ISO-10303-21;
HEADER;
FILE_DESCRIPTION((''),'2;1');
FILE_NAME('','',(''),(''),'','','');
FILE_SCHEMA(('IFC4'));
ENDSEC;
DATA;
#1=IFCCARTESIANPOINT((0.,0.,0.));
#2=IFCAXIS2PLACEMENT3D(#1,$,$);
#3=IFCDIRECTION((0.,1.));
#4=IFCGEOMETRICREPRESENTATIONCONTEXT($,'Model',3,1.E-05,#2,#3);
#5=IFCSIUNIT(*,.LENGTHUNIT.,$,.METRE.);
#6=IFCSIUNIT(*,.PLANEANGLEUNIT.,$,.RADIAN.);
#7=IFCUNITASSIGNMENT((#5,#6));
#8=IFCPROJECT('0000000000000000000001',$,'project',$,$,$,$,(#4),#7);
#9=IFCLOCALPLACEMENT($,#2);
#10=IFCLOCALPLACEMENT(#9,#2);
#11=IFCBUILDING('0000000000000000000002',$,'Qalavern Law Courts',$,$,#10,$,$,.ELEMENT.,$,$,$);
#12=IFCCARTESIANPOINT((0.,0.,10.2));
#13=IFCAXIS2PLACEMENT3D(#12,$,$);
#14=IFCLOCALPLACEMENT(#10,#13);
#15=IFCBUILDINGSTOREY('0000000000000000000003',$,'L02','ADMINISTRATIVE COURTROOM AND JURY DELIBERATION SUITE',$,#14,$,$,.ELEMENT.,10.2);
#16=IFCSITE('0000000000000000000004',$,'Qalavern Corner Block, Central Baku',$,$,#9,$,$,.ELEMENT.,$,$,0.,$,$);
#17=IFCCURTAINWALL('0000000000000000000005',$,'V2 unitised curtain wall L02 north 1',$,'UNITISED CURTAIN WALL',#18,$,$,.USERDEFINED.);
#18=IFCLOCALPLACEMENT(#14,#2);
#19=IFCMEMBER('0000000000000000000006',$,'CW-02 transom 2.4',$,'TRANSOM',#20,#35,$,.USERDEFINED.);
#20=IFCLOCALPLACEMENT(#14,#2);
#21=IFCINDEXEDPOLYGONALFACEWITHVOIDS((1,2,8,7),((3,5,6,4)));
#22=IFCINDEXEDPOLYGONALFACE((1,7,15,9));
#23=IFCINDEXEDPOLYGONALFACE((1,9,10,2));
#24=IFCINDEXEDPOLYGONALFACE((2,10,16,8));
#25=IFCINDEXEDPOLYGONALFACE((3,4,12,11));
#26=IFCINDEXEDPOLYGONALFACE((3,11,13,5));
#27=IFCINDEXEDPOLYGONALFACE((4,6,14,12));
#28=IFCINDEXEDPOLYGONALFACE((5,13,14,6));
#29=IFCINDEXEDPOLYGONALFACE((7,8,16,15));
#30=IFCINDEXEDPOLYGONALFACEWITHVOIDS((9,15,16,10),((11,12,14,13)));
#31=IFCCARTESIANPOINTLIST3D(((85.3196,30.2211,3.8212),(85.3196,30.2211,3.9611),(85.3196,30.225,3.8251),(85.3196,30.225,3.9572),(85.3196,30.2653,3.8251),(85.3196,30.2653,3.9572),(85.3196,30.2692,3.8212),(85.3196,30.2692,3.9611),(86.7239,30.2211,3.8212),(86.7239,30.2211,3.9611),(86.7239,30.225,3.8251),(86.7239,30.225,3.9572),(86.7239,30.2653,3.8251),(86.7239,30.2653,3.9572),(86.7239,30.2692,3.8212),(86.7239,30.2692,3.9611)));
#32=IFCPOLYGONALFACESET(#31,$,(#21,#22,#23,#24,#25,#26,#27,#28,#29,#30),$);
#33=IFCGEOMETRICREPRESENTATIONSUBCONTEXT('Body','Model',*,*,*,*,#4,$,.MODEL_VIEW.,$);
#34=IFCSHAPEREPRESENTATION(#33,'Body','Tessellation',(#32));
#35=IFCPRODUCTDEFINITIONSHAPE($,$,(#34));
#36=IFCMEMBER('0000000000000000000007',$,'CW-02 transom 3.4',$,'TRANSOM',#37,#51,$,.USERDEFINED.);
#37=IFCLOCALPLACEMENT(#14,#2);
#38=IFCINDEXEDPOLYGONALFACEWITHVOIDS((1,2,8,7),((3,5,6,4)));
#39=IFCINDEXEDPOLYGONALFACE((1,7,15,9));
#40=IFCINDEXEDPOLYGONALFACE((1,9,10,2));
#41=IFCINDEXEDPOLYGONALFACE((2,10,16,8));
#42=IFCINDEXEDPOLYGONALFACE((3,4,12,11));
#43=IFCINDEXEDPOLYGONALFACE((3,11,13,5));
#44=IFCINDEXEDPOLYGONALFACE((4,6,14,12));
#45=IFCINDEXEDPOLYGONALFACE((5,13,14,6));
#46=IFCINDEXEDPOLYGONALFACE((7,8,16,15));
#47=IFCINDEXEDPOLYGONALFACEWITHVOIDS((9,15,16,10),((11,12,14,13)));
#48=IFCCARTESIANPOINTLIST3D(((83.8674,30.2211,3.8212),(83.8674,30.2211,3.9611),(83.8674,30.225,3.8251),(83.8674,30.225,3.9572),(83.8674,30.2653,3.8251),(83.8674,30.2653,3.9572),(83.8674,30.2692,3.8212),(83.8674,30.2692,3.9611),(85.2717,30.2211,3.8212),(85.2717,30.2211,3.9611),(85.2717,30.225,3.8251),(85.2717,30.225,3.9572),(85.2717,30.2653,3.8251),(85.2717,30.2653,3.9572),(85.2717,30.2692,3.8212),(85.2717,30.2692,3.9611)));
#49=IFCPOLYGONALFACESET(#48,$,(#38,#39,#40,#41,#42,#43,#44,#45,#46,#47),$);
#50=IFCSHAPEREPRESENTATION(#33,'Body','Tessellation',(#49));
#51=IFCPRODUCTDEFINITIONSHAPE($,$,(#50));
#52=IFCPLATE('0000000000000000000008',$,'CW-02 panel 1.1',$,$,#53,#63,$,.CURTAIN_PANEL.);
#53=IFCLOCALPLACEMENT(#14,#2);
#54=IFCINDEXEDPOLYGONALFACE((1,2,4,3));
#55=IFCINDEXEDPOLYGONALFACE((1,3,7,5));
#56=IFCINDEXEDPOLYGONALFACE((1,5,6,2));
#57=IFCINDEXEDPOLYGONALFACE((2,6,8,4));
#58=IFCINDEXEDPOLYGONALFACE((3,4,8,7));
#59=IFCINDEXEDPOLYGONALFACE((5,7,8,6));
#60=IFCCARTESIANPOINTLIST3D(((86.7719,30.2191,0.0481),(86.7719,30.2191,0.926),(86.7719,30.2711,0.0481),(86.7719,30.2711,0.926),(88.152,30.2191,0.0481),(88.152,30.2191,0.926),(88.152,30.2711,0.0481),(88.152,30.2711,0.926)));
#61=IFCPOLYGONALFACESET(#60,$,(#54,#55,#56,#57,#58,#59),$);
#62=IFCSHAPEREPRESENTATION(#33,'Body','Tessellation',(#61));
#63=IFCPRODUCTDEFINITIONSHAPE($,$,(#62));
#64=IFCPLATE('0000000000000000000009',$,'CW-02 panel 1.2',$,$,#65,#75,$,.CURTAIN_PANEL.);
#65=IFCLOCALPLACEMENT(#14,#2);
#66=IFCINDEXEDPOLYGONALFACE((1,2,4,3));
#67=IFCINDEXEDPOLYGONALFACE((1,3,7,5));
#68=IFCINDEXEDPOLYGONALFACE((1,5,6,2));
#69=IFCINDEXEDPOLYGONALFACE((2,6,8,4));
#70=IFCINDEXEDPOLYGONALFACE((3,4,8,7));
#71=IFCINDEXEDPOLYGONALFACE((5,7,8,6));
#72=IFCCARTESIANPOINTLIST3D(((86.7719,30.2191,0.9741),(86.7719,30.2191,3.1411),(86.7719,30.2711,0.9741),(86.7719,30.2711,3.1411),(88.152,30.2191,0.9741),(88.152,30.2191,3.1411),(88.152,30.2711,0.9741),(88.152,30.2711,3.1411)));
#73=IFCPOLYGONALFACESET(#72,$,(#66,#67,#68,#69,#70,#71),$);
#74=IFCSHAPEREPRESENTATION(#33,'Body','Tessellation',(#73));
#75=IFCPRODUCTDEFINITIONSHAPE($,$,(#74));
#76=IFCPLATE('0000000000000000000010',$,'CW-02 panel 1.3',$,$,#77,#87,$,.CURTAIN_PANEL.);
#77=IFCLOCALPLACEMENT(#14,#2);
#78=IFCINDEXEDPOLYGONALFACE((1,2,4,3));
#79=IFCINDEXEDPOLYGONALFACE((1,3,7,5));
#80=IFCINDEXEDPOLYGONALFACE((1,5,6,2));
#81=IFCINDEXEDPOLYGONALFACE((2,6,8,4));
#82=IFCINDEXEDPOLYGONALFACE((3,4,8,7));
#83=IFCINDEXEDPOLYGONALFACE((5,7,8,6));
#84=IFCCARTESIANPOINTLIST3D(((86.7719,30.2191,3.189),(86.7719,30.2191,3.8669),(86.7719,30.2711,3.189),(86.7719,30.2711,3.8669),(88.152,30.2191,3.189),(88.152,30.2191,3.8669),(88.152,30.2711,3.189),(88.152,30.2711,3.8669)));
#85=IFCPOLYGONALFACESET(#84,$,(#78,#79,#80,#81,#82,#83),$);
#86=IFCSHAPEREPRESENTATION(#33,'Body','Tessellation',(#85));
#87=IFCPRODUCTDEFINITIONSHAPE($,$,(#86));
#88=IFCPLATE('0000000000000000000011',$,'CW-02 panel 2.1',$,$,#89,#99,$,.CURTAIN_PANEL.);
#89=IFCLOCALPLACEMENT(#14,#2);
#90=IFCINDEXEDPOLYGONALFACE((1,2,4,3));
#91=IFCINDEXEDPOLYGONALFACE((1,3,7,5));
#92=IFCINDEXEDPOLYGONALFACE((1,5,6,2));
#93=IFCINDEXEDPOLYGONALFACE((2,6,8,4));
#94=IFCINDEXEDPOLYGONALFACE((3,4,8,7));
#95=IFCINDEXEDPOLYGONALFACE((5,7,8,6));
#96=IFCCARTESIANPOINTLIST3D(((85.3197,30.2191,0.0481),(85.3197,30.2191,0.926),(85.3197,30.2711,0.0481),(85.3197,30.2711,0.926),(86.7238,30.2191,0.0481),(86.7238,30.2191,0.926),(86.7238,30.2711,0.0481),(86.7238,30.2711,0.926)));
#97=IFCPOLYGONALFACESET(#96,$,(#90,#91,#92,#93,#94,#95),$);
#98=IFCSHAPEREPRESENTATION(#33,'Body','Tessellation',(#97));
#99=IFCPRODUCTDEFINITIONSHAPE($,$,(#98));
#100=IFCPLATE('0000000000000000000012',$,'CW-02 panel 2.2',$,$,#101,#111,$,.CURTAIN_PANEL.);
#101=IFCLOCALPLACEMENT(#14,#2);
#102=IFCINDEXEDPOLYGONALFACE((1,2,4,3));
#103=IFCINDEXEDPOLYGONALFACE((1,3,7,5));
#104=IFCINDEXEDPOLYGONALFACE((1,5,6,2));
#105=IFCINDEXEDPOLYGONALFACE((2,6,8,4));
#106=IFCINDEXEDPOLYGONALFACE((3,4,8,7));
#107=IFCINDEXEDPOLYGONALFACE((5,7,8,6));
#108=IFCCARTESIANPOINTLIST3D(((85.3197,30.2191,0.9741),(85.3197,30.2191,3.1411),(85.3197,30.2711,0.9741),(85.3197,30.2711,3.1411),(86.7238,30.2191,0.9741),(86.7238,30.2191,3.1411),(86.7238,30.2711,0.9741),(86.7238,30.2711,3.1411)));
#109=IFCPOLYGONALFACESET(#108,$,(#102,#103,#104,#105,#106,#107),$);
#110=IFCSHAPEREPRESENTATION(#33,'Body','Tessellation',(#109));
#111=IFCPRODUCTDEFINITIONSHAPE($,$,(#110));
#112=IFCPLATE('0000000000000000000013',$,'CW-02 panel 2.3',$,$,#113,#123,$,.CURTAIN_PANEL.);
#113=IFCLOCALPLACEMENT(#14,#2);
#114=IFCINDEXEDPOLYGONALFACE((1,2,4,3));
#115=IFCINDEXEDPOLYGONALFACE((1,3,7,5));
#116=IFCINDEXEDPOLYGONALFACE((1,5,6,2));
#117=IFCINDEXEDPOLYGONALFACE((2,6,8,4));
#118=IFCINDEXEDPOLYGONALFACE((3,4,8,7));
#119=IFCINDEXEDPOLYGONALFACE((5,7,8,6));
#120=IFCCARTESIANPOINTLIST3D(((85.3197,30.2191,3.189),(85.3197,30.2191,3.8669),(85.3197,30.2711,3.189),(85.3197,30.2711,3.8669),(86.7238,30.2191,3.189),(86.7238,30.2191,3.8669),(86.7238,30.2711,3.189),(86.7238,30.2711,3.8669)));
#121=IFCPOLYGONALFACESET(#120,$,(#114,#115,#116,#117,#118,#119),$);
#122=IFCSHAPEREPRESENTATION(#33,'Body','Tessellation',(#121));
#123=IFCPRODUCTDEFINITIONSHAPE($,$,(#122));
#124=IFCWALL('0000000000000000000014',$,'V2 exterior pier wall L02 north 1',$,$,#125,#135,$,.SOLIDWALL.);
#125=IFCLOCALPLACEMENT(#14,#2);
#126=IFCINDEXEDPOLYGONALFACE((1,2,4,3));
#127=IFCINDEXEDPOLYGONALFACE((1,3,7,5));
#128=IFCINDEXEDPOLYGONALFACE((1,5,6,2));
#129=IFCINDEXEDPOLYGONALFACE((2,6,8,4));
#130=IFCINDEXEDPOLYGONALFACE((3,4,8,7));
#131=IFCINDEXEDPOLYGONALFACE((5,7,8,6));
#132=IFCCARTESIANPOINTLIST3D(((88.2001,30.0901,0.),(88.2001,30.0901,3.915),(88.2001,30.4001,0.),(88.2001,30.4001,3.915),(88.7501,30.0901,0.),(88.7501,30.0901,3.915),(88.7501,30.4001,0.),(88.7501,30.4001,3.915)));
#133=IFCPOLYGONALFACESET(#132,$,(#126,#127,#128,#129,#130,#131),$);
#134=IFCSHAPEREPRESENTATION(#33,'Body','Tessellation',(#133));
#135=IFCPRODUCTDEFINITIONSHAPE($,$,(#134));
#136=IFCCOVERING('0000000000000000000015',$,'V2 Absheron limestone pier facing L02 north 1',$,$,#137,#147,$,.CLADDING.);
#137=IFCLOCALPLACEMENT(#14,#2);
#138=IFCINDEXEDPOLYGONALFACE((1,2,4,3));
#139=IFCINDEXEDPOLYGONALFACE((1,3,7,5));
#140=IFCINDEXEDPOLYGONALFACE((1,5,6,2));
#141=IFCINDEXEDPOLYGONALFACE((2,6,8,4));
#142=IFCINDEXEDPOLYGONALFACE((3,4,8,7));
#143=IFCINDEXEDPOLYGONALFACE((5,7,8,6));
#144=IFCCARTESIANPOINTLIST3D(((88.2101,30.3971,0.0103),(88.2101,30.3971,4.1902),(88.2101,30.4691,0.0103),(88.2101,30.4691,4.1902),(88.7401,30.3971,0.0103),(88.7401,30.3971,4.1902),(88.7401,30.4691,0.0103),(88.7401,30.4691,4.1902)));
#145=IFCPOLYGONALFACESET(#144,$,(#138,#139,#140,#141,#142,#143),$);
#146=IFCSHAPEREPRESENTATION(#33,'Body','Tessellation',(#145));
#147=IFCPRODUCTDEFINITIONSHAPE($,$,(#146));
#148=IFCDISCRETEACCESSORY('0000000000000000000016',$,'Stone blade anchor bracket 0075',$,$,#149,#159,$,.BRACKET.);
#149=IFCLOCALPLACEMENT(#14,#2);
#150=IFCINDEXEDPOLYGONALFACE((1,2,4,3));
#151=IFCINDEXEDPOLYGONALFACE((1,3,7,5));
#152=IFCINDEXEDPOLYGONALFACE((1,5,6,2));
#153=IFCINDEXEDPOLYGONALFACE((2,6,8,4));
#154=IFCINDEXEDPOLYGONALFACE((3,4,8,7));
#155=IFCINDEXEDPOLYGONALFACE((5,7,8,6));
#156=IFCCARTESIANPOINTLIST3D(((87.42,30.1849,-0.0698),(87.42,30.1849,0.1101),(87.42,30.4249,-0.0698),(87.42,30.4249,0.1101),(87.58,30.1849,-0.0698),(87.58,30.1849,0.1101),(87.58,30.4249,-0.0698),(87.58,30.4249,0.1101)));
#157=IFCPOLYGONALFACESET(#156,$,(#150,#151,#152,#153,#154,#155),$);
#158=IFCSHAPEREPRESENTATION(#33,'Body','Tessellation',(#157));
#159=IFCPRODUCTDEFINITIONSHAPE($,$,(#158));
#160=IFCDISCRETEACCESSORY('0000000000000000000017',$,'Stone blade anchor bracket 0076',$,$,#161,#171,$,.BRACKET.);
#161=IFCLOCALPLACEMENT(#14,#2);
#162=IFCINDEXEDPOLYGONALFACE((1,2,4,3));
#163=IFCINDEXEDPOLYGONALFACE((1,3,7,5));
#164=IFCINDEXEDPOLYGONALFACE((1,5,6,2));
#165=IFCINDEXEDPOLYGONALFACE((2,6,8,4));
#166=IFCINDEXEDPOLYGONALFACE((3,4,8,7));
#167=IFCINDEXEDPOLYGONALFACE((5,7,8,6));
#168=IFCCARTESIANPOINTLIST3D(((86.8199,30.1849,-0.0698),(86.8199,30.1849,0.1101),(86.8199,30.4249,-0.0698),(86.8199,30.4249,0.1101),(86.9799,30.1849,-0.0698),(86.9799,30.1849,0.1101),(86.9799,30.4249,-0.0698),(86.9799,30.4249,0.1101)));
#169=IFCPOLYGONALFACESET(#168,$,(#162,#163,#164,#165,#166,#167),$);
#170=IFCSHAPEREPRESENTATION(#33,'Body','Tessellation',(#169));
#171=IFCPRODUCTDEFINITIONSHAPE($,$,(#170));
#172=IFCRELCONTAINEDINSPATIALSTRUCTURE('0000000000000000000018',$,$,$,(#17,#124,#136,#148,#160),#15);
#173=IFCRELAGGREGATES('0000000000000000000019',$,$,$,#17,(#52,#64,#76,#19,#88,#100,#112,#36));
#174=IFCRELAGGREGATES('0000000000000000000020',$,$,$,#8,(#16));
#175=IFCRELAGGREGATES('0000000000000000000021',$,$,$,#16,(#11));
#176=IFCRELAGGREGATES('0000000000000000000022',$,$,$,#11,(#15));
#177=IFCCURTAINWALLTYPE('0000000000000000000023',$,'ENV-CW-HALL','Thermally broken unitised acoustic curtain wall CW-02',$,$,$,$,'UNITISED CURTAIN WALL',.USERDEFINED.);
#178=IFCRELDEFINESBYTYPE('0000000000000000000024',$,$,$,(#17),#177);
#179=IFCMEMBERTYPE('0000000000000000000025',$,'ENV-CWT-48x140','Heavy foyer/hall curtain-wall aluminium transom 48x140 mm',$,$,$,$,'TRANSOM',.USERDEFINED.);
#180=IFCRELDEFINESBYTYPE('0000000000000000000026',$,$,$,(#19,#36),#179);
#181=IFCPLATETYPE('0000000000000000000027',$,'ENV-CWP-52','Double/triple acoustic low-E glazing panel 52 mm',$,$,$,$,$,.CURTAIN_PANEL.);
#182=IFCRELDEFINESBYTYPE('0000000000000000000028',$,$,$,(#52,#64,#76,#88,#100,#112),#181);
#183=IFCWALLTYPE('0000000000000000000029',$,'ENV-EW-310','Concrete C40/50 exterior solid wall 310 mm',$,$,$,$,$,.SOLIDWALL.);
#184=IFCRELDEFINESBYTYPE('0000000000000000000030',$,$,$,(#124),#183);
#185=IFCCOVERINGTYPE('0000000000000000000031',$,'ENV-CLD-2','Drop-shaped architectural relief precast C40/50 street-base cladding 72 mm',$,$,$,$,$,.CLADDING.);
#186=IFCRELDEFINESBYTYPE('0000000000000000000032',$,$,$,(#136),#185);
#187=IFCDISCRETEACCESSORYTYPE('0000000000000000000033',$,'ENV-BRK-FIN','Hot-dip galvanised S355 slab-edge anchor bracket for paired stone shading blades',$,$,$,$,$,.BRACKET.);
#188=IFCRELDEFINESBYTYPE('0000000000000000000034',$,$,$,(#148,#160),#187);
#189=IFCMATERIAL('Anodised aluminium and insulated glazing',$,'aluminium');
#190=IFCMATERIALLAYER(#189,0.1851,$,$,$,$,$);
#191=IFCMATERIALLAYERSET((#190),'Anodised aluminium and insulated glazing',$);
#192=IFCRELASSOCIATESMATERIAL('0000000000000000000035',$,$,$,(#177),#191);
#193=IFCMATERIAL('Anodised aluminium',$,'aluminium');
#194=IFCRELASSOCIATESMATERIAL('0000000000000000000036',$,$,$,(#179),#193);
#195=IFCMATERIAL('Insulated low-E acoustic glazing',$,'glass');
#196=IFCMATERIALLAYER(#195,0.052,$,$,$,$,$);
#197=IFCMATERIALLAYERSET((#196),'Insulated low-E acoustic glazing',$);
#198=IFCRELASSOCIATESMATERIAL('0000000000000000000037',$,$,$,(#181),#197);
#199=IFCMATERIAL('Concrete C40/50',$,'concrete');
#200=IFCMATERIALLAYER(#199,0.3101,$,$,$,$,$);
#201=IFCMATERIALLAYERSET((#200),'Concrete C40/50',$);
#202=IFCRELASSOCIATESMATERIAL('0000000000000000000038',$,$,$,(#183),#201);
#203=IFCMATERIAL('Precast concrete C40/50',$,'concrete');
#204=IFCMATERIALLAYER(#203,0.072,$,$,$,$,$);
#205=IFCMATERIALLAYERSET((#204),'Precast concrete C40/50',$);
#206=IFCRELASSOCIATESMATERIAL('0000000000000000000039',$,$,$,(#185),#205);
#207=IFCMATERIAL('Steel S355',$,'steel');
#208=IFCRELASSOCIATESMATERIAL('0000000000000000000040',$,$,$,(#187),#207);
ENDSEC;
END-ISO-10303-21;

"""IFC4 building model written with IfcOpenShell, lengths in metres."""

from ifc_helpers import new_model, si_unit, direction, frame, frame_2d, origin, origin_2d, place, context, subcontext, project, spatial, rectangle, hollow_rectangle, extrude, material, layer, layer_set, material_profile, profile_set, type_object, element, aggregate, save


model = new_model("IFC4")

# Units and contexts
model_context = context("Model", 3, precision=1e-05, world=origin(), true_north=direction((0.0, 1.0)))
body_context = subcontext(model_context, "Body", "Model", "MODEL_VIEW")
ifc_project = project(units=[si_unit("LENGTHUNIT", "METRE"), si_unit("PLANEANGLEUNIT", "RADIAN")], contexts=[model_context])

# Site, building, storey
site_placement = place(None, origin())
site = spatial("IfcSite", under=ifc_project, at=site_placement, Name="Qalavern Corner Block, Central Baku", CompositionType="ELEMENT", RefElevation=0.0)
building_placement = place(site_placement, origin())
building = spatial("IfcBuilding", under=site, at=building_placement, Name="Qalavern Law Courts", CompositionType="ELEMENT")
storey_placement = place(building_placement, frame((0.0, 0.0, 10.2)))
storey = spatial("IfcBuildingStorey", under=building, at=storey_placement, Name="L02", Description="ADMINISTRATIVE COURTROOM AND JURY DELIBERATION SUITE", CompositionType="ELEMENT", Elevation=10.2)

# Shared definitions
ifc_material_1 = material(Name="Anodised aluminium and insulated glazing", Category="aluminium")
ifc_material_2 = material(Name="Anodised aluminium", Category="aluminium")

# Curtain wall, members, plates
ifc_layer_1 = layer(ifc_material_1, 0.1851)
ifc_layer_set_1 = layer_set([ifc_layer_1], Name="Anodised aluminium and insulated glazing")
curtain_wall_type_1 = type_object("IfcCurtainWallType", Name="ENV-CW-HALL", Description="Thermally broken unitised acoustic curtain wall CW-02", ElementType="UNITISED CURTAIN WALL", PredefinedType="USERDEFINED", material=ifc_layer_set_1)
curtain_wall_1_placement = place(storey_placement, origin())
curtain_wall_1 = element("IfcCurtainWall", 1, at=curtain_wall_1_placement, inside=storey, type_object=curtain_wall_type_1, Name="V2 unitised curtain wall L02 north 1", ObjectType="UNITISED CURTAIN WALL", PredefinedType="USERDEFINED")
ifc_material_profile_1 = material_profile(ifc_material_2, hollow_rectangle(XDim=0.0481, YDim=0.1399, WallThickness=0.0039, at=origin_2d()), Name="ALU TRANSOM 48x140")
ifc_profile_set_1 = profile_set([ifc_material_profile_1], Name="Anodised aluminium")
member_type_1 = type_object("IfcMemberType", Name="ENV-CWT-48x140", Description="Heavy foyer/hall curtain-wall aluminium transom 48x140 mm", ElementType="TRANSOM", PredefinedType="USERDEFINED", material=ifc_profile_set_1)
member_1_placement = place(storey_placement, frame((86.7239, 30.2451, 3.8911), z_axis=(-1.0, 0.0, 0.0), x_axis=(0.0, -1.0, 0.0)))
member_1 = element("IfcMember", 2, at=member_1_placement, type_object=member_type_1, Name="CW-02 transom 2.4", ObjectType="TRANSOM", PredefinedType="USERDEFINED", context=body_context, shape_type="SweptSolid", body=[
    extrude(hollow_rectangle(XDim=0.0481, YDim=0.1399, WallThickness=0.0039, at=origin_2d()), origin(), (0.0, 0.0, 1.0), 1.4043),
])
member_2_placement = place(storey_placement, frame((85.2717, 30.2451, 3.8911), z_axis=(-1.0, 0.0, 0.0), x_axis=(0.0, -1.0, 0.0)))
member_2 = element("IfcMember", 3, at=member_2_placement, type_object=member_type_1, Name="CW-02 transom 3.4", ObjectType="TRANSOM", PredefinedType="USERDEFINED", context=body_context, shape_type="SweptSolid", body=[
    extrude(hollow_rectangle(XDim=0.0481, YDim=0.1399, WallThickness=0.0039, at=origin_2d()), origin(), (0.0, 0.0, 1.0), 1.4043),
])
ifc_material_3 = material(Name="Insulated low-E acoustic glazing", Category="glass")
ifc_layer_2 = layer(ifc_material_3, 0.052)
ifc_layer_set_2 = layer_set([ifc_layer_2], Name="Insulated low-E acoustic glazing")
plate_type = type_object("IfcPlateType", Name="ENV-CWP-52", Description="Double/triple acoustic low-E glazing panel 52 mm", PredefinedType="CURTAIN_PANEL", material=ifc_layer_set_2)
plate_1_placement = place(storey_placement, frame((87.4619, 30.2451, 0.0481), z_axis=(0.0, 0.0, 1.0), x_axis=(-1.0, 0.0, 0.0)))
plate_1 = element("IfcPlate", 4, at=plate_1_placement, type_object=plate_type, Name="CW-02 panel 1.1", PredefinedType="CURTAIN_PANEL", context=body_context, shape_type="SweptSolid", body=[
    extrude(rectangle(XDim=1.3801, YDim=0.052, at=origin_2d()), origin(), (0.0, 0.0, 1.0), 0.8779),
])
plate_2_placement = place(storey_placement, frame((87.4619, 30.2451, 0.9741), z_axis=(0.0, 0.0, 1.0), x_axis=(-1.0, 0.0, 0.0)))
plate_2 = element("IfcPlate", 5, at=plate_2_placement, type_object=plate_type, Name="CW-02 panel 1.2", PredefinedType="CURTAIN_PANEL", context=body_context, shape_type="SweptSolid", body=[
    extrude(rectangle(XDim=1.3801, YDim=0.052, at=origin_2d()), origin(), (0.0, 0.0, 1.0), 2.167),
])
plate_3_placement = place(storey_placement, frame((87.4619, 30.2451, 3.189), z_axis=(0.0, 0.0, 1.0), x_axis=(-1.0, 0.0, 0.0)))
plate_3 = element("IfcPlate", 6, at=plate_3_placement, type_object=plate_type, Name="CW-02 panel 1.3", PredefinedType="CURTAIN_PANEL", context=body_context, shape_type="SweptSolid", body=[
    extrude(rectangle(XDim=1.3801, YDim=0.052, at=origin_2d()), origin(), (0.0, 0.0, 1.0), 0.678),
])
plate_4_placement = place(storey_placement, frame((86.0217, 30.2451, 0.0481), z_axis=(0.0, 0.0, 1.0), x_axis=(-1.0, 0.0, 0.0)))
plate_4 = element("IfcPlate", 7, at=plate_4_placement, type_object=plate_type, Name="CW-02 panel 2.1", PredefinedType="CURTAIN_PANEL", context=body_context, shape_type="SweptSolid", body=[
    extrude(rectangle(XDim=1.4041, YDim=0.052, at=origin_2d()), origin(), (0.0, 0.0, 1.0), 0.8779),
])
plate_5_placement = place(storey_placement, frame((86.0217, 30.2451, 0.9741), z_axis=(0.0, 0.0, 1.0), x_axis=(-1.0, 0.0, 0.0)))
plate_5 = element("IfcPlate", 8, at=plate_5_placement, type_object=plate_type, Name="CW-02 panel 2.2", PredefinedType="CURTAIN_PANEL", context=body_context, shape_type="SweptSolid", body=[
    extrude(rectangle(XDim=1.4041, YDim=0.052, at=origin_2d()), origin(), (0.0, 0.0, 1.0), 2.167),
])
plate_6_placement = place(storey_placement, frame((86.0217, 30.2451, 3.189), z_axis=(0.0, 0.0, 1.0), x_axis=(-1.0, 0.0, 0.0)))
plate_6 = element("IfcPlate", 9, at=plate_6_placement, type_object=plate_type, Name="CW-02 panel 2.3", PredefinedType="CURTAIN_PANEL", context=body_context, shape_type="SweptSolid", body=[
    extrude(rectangle(XDim=1.4041, YDim=0.052, at=origin_2d()), origin(), (0.0, 0.0, 1.0), 0.678),
])
aggregate(curtain_wall_1, [plate_1, plate_2, plate_3, member_1, plate_4, plate_5, plate_6, member_2])

# Wall
ifc_material_4 = material(Name="Concrete C40/50", Category="concrete")
ifc_layer_3 = layer(ifc_material_4, 0.3101)
ifc_layer_set_3 = layer_set([ifc_layer_3], Name="Concrete C40/50")
wall_type = type_object("IfcWallType", Name="ENV-EW-310", Description="Concrete C40/50 exterior solid wall 310 mm", PredefinedType="SOLIDWALL", material=ifc_layer_set_3)
wall_placement = place(storey_placement, frame((88.75, 30.2451, 0.0), z_axis=(0.0, 0.0, 1.0), x_axis=(-1.0, 0.0, 0.0)))
element("IfcWall", 10, at=wall_placement, inside=storey, type_object=wall_type, Name="V2 exterior pier wall L02 north 1", PredefinedType="SOLIDWALL", context=body_context, shape_type="SweptSolid", body=[
    extrude(rectangle(XDim=0.55, YDim=0.3101, at=frame_2d((0.2749, 0.0))), origin(), (0.0, 0.0, 1.0), 3.915),
])

# Covering
ifc_material_5 = material(Name="Precast concrete C40/50", Category="concrete")
ifc_layer_4 = layer(ifc_material_5, 0.072)
ifc_layer_set_4 = layer_set([ifc_layer_4], Name="Precast concrete C40/50")
covering_type = type_object("IfcCoveringType", Name="ENV-CLD-2", Description="Drop-shaped architectural relief precast C40/50 street-base cladding 72 mm", PredefinedType="CLADDING", material=ifc_layer_set_4)
covering_placement = place(storey_placement, frame((88.4751, 30.4331, 0.0103), z_axis=(0.0, 0.0, 1.0), x_axis=(-1.0, 0.0, 0.0)))
element("IfcCovering", 11, at=covering_placement, inside=storey, type_object=covering_type, Name="V2 Absheron limestone pier facing L02 north 1", PredefinedType="CLADDING", context=body_context, shape_type="SweptSolid", body=[
    extrude(rectangle(XDim=0.53, YDim=0.072, at=origin_2d()), origin(), (0.0, 0.0, 1.0), 4.1799),
])

# Discrete accessories
ifc_material_6 = material(Name="Steel S355", Category="steel")
discrete_accessory_type = type_object("IfcDiscreteAccessoryType", Name="ENV-BRK-FIN", Description="Hot-dip galvanised S355 slab-edge anchor bracket for paired stone shading blades", PredefinedType="BRACKET", material=ifc_material_6)
for number, where, z_axis, x_axis, name in (
    (12, (87.5, 30.3049, -0.0698), (0.0, 0.0, 1.0), (0.0, 1.0, 0.0), "Stone blade anchor bracket 0075"),
    (13, (86.8999, 30.3049, -0.0698), (0.0, 0.0, 1.0), (0.0, 1.0, 0.0), "Stone blade anchor bracket 0076"),
):
    element("IfcDiscreteAccessory", number, at=place(storey_placement, frame(where, z_axis=z_axis, x_axis=x_axis)), inside=storey, type_object=discrete_accessory_type, Name=name, PredefinedType="BRACKET", context=body_context, shape_type="SweptSolid", body=[
        extrude(rectangle(XDim=0.24, YDim=0.1599, at=origin_2d()), origin(), (0.0, 0.0, 1.0), 0.1799),
    ])

save(model, "model.ifc")
